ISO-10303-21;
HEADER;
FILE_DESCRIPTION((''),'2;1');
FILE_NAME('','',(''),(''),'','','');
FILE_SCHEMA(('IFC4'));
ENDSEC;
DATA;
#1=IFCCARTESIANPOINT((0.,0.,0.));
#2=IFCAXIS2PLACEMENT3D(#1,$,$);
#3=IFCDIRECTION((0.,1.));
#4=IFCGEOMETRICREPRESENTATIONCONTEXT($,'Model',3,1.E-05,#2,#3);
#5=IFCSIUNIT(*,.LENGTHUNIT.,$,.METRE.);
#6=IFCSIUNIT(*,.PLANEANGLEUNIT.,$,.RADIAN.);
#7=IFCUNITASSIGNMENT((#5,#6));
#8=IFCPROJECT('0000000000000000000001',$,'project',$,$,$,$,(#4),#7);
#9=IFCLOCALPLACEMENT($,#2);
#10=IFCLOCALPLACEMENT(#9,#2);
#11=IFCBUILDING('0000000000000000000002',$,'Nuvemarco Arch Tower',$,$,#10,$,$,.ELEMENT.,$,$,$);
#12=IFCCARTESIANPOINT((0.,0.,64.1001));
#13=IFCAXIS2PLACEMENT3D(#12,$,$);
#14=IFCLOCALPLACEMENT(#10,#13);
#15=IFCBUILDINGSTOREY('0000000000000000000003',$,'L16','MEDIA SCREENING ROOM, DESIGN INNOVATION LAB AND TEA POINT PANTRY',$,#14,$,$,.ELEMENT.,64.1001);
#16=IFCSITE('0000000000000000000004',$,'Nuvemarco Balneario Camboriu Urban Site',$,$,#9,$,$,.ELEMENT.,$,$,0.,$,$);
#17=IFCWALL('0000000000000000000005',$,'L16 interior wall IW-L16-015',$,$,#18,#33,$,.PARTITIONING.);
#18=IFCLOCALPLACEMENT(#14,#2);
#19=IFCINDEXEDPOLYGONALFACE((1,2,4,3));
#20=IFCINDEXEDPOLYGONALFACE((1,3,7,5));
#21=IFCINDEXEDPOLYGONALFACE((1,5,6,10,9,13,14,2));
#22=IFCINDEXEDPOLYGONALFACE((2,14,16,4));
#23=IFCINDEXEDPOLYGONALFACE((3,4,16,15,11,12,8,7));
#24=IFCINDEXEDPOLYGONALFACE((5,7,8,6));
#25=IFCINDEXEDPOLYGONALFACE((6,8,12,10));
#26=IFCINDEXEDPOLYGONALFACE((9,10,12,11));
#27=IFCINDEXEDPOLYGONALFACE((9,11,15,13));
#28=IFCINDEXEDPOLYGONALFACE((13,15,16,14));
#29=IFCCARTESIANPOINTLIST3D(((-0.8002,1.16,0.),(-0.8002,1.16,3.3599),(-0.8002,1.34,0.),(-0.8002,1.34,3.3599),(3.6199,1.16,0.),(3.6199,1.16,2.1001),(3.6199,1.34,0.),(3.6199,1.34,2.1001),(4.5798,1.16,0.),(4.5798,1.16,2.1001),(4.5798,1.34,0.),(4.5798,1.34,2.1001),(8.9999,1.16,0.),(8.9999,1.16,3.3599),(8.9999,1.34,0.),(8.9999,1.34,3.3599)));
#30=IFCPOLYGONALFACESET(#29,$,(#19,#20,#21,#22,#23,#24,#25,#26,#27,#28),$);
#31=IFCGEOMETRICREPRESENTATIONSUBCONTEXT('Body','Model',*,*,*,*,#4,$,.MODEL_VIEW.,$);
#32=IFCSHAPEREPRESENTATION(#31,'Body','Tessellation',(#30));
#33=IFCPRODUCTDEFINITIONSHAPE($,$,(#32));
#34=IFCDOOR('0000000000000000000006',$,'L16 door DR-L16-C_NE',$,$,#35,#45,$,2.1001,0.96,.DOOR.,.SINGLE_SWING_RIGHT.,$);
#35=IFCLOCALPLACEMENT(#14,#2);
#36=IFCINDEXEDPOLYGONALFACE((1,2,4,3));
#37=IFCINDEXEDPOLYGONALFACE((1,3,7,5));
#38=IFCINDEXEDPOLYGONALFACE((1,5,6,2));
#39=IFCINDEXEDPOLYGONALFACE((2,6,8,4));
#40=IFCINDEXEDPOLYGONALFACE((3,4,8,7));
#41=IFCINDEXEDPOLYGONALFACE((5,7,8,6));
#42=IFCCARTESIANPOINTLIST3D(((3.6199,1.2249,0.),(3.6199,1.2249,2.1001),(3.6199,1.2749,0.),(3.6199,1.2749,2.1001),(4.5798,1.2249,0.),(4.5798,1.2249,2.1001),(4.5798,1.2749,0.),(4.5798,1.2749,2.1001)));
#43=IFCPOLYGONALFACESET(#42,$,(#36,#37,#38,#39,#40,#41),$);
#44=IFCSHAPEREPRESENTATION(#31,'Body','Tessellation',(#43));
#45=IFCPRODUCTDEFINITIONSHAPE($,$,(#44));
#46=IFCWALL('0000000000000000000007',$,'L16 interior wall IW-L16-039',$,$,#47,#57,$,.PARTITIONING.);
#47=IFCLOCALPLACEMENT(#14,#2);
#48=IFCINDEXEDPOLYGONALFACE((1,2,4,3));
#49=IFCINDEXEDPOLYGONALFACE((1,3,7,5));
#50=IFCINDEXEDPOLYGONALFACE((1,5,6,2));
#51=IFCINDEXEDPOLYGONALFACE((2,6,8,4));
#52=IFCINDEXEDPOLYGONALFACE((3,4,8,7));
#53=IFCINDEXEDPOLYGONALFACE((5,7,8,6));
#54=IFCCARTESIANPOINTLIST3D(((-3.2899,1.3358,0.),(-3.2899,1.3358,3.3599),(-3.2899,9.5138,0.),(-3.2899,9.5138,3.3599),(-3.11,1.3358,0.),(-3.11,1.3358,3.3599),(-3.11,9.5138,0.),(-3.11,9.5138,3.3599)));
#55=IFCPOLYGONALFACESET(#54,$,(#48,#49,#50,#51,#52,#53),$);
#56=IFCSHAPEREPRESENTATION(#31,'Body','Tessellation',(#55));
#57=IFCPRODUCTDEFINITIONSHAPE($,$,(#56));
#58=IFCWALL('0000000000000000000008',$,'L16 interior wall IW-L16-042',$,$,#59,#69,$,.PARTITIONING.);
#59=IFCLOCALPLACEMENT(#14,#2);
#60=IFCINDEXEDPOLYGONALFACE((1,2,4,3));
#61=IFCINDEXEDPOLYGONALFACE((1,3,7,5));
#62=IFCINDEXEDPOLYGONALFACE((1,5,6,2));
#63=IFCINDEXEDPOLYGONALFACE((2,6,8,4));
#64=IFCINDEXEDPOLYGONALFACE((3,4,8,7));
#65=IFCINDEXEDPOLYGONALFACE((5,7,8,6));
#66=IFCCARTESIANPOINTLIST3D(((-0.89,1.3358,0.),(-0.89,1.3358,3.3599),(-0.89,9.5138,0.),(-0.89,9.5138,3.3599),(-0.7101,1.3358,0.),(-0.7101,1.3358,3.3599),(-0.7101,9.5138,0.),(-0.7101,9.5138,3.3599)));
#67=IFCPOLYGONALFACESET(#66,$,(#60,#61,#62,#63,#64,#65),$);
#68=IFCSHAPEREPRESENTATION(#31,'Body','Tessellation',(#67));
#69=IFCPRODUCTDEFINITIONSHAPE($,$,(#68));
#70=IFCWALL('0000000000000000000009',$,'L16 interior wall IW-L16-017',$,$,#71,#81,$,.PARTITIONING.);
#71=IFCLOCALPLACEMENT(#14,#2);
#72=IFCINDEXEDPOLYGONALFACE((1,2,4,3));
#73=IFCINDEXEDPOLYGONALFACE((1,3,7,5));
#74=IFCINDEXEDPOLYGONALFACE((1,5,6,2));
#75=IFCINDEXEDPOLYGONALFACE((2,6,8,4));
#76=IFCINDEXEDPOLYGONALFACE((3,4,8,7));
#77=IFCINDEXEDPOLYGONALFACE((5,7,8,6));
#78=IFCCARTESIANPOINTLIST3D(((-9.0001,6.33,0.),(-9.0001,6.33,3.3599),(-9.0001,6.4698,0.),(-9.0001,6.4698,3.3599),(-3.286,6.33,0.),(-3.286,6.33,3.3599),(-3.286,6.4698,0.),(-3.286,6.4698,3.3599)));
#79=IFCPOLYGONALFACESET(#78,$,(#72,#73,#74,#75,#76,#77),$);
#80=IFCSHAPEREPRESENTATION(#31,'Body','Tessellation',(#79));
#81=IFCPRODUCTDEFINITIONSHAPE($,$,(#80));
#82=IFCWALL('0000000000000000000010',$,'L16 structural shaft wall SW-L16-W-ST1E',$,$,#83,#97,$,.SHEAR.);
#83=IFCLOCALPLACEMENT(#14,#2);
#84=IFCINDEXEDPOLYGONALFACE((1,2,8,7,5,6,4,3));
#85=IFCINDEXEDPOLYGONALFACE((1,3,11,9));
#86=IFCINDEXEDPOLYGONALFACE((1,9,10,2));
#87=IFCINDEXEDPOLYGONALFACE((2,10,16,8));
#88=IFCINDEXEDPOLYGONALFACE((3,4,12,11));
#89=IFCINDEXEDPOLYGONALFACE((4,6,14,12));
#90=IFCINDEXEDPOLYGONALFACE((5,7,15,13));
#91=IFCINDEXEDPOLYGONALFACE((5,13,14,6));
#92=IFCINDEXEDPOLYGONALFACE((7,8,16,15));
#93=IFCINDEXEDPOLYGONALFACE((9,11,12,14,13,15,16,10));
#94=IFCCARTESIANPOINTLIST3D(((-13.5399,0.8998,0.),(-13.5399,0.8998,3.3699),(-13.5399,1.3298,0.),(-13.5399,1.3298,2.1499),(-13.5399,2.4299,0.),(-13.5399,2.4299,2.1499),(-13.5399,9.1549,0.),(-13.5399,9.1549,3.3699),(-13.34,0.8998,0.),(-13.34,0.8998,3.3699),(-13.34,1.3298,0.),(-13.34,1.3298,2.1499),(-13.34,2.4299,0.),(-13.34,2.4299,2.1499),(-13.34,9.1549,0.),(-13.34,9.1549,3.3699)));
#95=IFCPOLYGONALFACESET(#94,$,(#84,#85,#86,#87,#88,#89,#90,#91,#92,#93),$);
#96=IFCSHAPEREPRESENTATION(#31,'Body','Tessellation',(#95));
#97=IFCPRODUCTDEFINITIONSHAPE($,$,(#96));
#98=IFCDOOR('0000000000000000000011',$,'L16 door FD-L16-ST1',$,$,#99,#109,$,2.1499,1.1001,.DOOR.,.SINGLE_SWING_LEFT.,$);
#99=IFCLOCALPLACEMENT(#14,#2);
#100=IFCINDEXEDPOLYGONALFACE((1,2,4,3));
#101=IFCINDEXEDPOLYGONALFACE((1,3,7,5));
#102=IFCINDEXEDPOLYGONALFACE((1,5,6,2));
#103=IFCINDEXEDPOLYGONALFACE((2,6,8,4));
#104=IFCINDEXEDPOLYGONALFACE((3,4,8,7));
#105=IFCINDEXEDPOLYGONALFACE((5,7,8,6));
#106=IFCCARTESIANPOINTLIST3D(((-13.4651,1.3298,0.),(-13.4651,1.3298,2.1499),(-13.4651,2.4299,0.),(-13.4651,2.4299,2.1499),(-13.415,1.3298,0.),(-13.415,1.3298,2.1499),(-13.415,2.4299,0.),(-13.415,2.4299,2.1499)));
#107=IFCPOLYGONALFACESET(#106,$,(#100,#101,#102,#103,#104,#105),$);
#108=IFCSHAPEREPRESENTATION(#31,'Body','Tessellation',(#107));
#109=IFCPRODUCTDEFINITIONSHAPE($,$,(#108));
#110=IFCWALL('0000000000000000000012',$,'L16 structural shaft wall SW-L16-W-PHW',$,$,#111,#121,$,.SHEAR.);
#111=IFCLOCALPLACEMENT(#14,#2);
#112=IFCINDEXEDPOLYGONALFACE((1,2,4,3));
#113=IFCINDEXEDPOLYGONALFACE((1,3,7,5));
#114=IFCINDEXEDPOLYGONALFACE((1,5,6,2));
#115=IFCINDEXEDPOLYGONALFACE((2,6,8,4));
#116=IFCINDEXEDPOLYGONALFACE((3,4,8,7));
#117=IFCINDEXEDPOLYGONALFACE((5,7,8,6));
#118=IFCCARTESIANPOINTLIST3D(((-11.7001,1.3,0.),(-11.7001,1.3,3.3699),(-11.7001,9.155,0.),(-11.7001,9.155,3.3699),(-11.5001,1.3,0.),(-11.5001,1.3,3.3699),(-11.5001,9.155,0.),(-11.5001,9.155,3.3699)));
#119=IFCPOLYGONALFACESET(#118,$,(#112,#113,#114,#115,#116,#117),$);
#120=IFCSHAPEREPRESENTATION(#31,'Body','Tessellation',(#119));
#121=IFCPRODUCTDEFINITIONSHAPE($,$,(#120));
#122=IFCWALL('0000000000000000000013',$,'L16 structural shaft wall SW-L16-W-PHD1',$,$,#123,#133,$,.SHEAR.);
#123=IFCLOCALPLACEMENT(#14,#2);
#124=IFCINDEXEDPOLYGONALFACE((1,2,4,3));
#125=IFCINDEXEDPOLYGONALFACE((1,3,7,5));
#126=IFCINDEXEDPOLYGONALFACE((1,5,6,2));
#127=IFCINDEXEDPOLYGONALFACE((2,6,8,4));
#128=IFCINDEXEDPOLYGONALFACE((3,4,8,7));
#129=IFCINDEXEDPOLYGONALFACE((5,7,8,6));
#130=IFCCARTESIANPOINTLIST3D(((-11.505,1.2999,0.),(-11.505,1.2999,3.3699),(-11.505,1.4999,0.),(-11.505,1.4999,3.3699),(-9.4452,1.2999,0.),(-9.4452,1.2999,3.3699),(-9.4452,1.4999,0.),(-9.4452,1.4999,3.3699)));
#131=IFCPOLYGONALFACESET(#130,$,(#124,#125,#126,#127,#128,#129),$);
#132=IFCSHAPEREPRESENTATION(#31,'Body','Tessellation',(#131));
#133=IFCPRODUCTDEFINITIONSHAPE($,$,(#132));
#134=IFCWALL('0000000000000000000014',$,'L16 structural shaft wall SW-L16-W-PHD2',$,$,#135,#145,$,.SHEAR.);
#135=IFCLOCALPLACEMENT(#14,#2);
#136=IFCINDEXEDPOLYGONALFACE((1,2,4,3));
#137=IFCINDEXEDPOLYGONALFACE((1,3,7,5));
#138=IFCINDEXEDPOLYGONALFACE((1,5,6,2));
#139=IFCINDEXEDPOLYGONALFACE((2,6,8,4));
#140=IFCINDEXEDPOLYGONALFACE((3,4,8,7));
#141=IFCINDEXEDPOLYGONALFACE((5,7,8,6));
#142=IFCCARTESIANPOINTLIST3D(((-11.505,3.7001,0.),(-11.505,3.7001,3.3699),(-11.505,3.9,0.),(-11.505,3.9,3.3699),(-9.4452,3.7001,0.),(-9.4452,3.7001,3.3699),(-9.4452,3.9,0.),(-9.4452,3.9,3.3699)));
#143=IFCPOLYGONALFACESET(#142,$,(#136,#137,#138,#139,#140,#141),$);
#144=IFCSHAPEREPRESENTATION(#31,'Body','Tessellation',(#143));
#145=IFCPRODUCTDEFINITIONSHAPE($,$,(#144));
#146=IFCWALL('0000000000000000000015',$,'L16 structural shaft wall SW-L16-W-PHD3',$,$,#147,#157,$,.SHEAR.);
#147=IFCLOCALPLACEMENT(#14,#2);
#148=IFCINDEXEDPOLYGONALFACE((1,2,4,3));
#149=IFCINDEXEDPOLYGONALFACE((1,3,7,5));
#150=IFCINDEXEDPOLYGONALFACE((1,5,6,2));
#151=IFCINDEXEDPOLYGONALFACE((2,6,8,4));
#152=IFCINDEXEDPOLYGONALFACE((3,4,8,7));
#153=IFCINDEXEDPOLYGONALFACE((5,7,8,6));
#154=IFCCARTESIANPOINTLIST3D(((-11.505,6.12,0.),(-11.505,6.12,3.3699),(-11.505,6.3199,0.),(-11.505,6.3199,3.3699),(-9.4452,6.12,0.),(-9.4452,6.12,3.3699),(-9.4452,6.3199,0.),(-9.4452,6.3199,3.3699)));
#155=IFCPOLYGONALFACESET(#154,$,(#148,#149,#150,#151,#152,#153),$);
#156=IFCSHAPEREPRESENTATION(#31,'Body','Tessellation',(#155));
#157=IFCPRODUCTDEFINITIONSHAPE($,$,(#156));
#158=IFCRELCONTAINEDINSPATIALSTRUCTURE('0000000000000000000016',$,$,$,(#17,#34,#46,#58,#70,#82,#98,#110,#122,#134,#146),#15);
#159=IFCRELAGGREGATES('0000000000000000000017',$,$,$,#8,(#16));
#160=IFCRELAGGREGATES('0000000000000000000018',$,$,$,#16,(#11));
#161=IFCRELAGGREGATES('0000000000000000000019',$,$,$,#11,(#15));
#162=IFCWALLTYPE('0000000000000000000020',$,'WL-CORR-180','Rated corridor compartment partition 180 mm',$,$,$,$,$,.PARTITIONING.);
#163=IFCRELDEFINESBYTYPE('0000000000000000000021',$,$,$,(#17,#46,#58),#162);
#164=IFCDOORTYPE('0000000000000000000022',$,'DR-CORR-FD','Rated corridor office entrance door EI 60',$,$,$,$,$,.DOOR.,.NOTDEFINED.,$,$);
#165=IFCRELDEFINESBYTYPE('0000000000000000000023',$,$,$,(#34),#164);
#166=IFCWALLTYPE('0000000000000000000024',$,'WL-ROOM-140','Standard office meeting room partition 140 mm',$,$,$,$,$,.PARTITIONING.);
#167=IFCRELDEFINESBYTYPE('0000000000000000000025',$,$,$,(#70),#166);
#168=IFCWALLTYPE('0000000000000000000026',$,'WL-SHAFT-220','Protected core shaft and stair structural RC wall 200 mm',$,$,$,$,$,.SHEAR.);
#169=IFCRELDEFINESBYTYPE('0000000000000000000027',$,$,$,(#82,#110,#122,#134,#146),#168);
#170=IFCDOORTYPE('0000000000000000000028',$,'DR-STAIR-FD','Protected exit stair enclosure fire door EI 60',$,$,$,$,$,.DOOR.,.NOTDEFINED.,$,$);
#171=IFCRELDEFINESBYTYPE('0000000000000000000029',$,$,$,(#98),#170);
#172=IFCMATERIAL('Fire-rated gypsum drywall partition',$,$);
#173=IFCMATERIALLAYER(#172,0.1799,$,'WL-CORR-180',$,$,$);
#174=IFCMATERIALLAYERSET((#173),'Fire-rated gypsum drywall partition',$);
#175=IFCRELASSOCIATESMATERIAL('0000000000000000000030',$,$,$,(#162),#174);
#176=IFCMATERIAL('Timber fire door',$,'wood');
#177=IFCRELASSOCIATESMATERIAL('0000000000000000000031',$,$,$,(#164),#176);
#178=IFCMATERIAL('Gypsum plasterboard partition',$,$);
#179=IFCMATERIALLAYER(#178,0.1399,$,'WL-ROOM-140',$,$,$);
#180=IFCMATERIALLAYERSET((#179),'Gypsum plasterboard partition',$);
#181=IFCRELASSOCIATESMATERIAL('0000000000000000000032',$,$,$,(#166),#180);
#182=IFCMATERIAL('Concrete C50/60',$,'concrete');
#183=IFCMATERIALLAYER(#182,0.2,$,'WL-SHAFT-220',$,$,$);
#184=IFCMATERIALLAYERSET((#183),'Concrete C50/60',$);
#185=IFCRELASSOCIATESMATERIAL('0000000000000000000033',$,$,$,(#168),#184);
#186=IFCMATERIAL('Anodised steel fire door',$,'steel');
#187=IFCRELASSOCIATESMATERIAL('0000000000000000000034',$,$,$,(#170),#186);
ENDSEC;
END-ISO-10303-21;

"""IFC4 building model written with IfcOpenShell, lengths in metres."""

from ifc_helpers import new_model, si_unit, direction, frame, frame_2d, origin, place, context, subcontext, project, spatial, rectangle, extrude, source, transform, mapped, material, layer, layer_set, type_object, type_shapes, element, fill, save


model = new_model("IFC4")

# Units and contexts
model_context = context("Model", 3, precision=1e-05, world=origin(), true_north=direction((0.0, 1.0)))
body_context = subcontext(model_context, "Body", "Model", "MODEL_VIEW")
ifc_project = project(units=[si_unit("LENGTHUNIT", "METRE"), si_unit("PLANEANGLEUNIT", "RADIAN")], contexts=[model_context])

# Site, building, storey
site_placement = place(None, origin())
site = spatial("IfcSite", under=ifc_project, at=site_placement, Name="Nuvemarco Balneario Camboriu Urban Site", CompositionType="ELEMENT", RefElevation=0.0)
building_placement = place(site_placement, origin())
building = spatial("IfcBuilding", under=site, at=building_placement, Name="Nuvemarco Arch Tower", CompositionType="ELEMENT")
storey_placement = place(building_placement, frame((0.0, 0.0, 64.1001)))
storey = spatial("IfcBuildingStorey", under=building, at=storey_placement, Name="L16", Description="MEDIA SCREENING ROOM, DESIGN INNOVATION LAB AND TEA POINT PANTRY", CompositionType="ELEMENT", Elevation=64.1001)

# Wall, opening, door
ifc_material_1 = material(Name="Fire-rated gypsum drywall partition")
ifc_layer_1 = layer(ifc_material_1, 0.1799, Name="WL-CORR-180")
ifc_layer_set_1 = layer_set([ifc_layer_1], Name="Fire-rated gypsum drywall partition")
wall_type_1 = type_object("IfcWallType", Name="WL-CORR-180", Description="Rated corridor compartment partition 180 mm", PredefinedType="PARTITIONING", material=ifc_layer_set_1)
ifc_material_2 = material(Name="Timber fire door", Category="wood")
door_type_1 = type_object("IfcDoorType", Name="DR-CORR-FD", Description="Rated corridor office entrance door EI 60", OperationType="NOTDEFINED", PredefinedType="DOOR", material=ifc_material_2)
shared_shape_1 = source(origin(), body_context, "Body", "SweptSolid", [
    extrude(rectangle(XDim=0.96, YDim=2.1001, at=frame_2d((0.48, 1.05))), frame((0.0, 0.0249, 0.0), z_axis=(0.0, -1.0, 0.0), x_axis=(1.0, 0.0, 0.0)), (0.0, 0.0, 1.0), 0.05),
])
type_shapes(door_type_1, [shared_shape_1])
wall_1_placement = place(storey_placement, frame((-0.8, 1.25, 0.0), z_axis=(0.0, 0.0, 1.0), x_axis=(1.0, 0.0, 0.0)))
wall_1 = element("IfcWall", 1, at=wall_1_placement, inside=storey, type_object=wall_type_1, Name="L16 interior wall IW-L16-015", PredefinedType="PARTITIONING", context=body_context, shape_type="SweptSolid", body=[
    extrude(rectangle(XDim=9.8, YDim=0.1799, at=frame_2d((4.8999, 0.0))), origin(), (0.0, 0.0, 1.0), 3.3599),
])
opening_1_placement = place(wall_1_placement, frame((4.4199, 0.0, 0.0)))
opening_1 = element("IfcOpeningElement", 2, at=opening_1_placement, cuts=wall_1, PredefinedType="OPENING", context=body_context, shape_type="SweptSolid", body=[
    extrude(rectangle(XDim=0.96, YDim=2.1001, at=frame_2d((0.48, 1.05))), frame((0.0, 0.0999, 0.0), z_axis=(0.0, -1.0, 0.0), x_axis=(1.0, 0.0, 0.0)), (0.0, 0.0, 1.0), 0.2),
])
door_1_placement = place(opening_1_placement, origin())
door_1 = element("IfcDoor", 3, at=door_1_placement, inside=storey, type_object=door_type_1, Name="L16 door DR-L16-C_NE", OperationType="SINGLE_SWING_RIGHT", OverallHeight=2.1001, OverallWidth=0.96, PredefinedType="DOOR", context=body_context, shape_type="MappedRepresentation", body=[
    mapped(shared_shape_1, transform((0.0, 0.0, 0.0), scale=1.0)),
])
fill(opening_1, door_1)

# Walls
for number, where, z_axis, x_axis, name in (
    (4, (-3.2, 1.3359, 0.0), (0.0, 0.0, 1.0), (0.0, 1.0, 0.0), "L16 interior wall IW-L16-039"),
    (5, (-0.8, 1.3359, 0.0), (0.0, 0.0, 1.0), (0.0, 1.0, 0.0), "L16 interior wall IW-L16-042"),
):
    element("IfcWall", number, at=place(storey_placement, frame(where, z_axis=z_axis, x_axis=x_axis)), inside=storey, type_object=wall_type_1, Name=name, PredefinedType="PARTITIONING", context=body_context, shape_type="SweptSolid", body=[
        extrude(rectangle(XDim=8.178, YDim=0.1799, at=frame_2d((4.0889, 0.0))), origin(), (0.0, 0.0, 1.0), 3.3599),
    ])
ifc_material_3 = material(Name="Gypsum plasterboard partition")
ifc_layer_2 = layer(ifc_material_3, 0.1399, Name="WL-ROOM-140")
ifc_layer_set_2 = layer_set([ifc_layer_2], Name="Gypsum plasterboard partition")
wall_type_2 = type_object("IfcWallType", Name="WL-ROOM-140", Description="Standard office meeting room partition 140 mm", PredefinedType="PARTITIONING", material=ifc_layer_set_2)
wall_2_placement = place(storey_placement, frame((-9.0, 6.3999, 0.0), z_axis=(0.0, 0.0, 1.0), x_axis=(1.0, 0.0, 0.0)))
element("IfcWall", 6, at=wall_2_placement, inside=storey, type_object=wall_type_2, Name="L16 interior wall IW-L16-017", PredefinedType="PARTITIONING", context=body_context, shape_type="SweptSolid", body=[
    extrude(rectangle(XDim=5.7141, YDim=0.1399, at=frame_2d((2.8569, 0.0))), origin(), (0.0, 0.0, 1.0), 3.3599),
])

# Wall, opening, door
ifc_material_4 = material(Name="Concrete C50/60", Category="concrete")
ifc_layer_3 = layer(ifc_material_4, 0.2, Name="WL-SHAFT-220")
ifc_layer_set_3 = layer_set([ifc_layer_3], Name="Concrete C50/60")
wall_type_3 = type_object("IfcWallType", Name="WL-SHAFT-220", Description="Protected core shaft and stair structural RC wall 200 mm", PredefinedType="SHEAR", material=ifc_layer_set_3)
wall_3_placement = place(storey_placement, frame((-13.4399, 0.8999, 0.0), z_axis=(0.0, 0.0, 1.0), x_axis=(0.0, 1.0, 0.0)))
wall_3 = element("IfcWall", 7, at=wall_3_placement, inside=storey, type_object=wall_type_3, Name="L16 structural shaft wall SW-L16-W-ST1E", PredefinedType="SHEAR", context=body_context, shape_type="SweptSolid", body=[
    extrude(rectangle(XDim=8.2551, YDim=0.2, at=frame_2d((4.1274, 0.0))), origin(), (0.0, 0.0, 1.0), 3.3699),
])
opening_2_placement = place(wall_3_placement, frame((1.53, 0.0, 0.0), z_axis=(0.0, 0.0, 1.0), x_axis=(-1.0, 0.0, 0.0)))
opening_2 = element("IfcOpeningElement", 8, at=opening_2_placement, cuts=wall_3, PredefinedType="OPENING", context=body_context, shape_type="SweptSolid", body=[
    extrude(rectangle(XDim=1.1001, YDim=2.1499, at=frame_2d((0.55, 1.075))), frame((0.0, 0.1099, 0.0), z_axis=(0.0, -1.0, 0.0), x_axis=(1.0, 0.0, 0.0)), (0.0, 0.0, 1.0), 0.22),
])
ifc_material_5 = material(Name="Anodised steel fire door", Category="steel")
door_type_2 = type_object("IfcDoorType", Name="DR-STAIR-FD", Description="Protected exit stair enclosure fire door EI 60", OperationType="NOTDEFINED", PredefinedType="DOOR", material=ifc_material_5)
shared_shape_2 = source(origin(), body_context, "Body", "SweptSolid", [
    extrude(rectangle(XDim=1.1001, YDim=2.1499, at=frame_2d((0.55, 1.075))), frame((0.0, 0.0249, 0.0), z_axis=(0.0, -1.0, 0.0), x_axis=(1.0, 0.0, 0.0)), (0.0, 0.0, 1.0), 0.05),
])
type_shapes(door_type_2, [shared_shape_2])
door_2_placement = place(opening_2_placement, origin())
door_2 = element("IfcDoor", 9, at=door_2_placement, inside=storey, type_object=door_type_2, Name="L16 door FD-L16-ST1", OperationType="SINGLE_SWING_LEFT", OverallHeight=2.1499, OverallWidth=1.1001, PredefinedType="DOOR", context=body_context, shape_type="MappedRepresentation", body=[
    mapped(shared_shape_2, transform((0.0, 0.0, 0.0), scale=1.0)),
])
fill(opening_2, door_2)

# Walls
wall_4_placement = place(storey_placement, frame((-11.6001, 1.3, 0.0), z_axis=(0.0, 0.0, 1.0), x_axis=(0.0, 1.0, 0.0)))
element("IfcWall", 10, at=wall_4_placement, inside=storey, type_object=wall_type_3, Name="L16 structural shaft wall SW-L16-W-PHW", PredefinedType="SHEAR", context=body_context, shape_type="SweptSolid", body=[
    extrude(rectangle(XDim=7.855, YDim=0.2, at=frame_2d((3.9275, 0.0))), origin(), (0.0, 0.0, 1.0), 3.3699),
])
for number, where, z_axis, x_axis, name in (
    (11, (-11.5049, 1.3999, 0.0), (0.0, 0.0, 1.0), (1.0, 0.0, 0.0), "L16 structural shaft wall SW-L16-W-PHD1"),
    (12, (-11.5049, 3.8, 0.0), (0.0, 0.0, 1.0), (1.0, 0.0, 0.0), "L16 structural shaft wall SW-L16-W-PHD2"),
    (13, (-11.5049, 6.22, 0.0), (0.0, 0.0, 1.0), (1.0, 0.0, 0.0), "L16 structural shaft wall SW-L16-W-PHD3"),
):
    element("IfcWall", number, at=place(storey_placement, frame(where, z_axis=z_axis, x_axis=x_axis)), inside=storey, type_object=wall_type_3, Name=name, PredefinedType="SHEAR", context=body_context, shape_type="SweptSolid", body=[
        extrude(rectangle(XDim=2.0598, YDim=0.2, at=frame_2d((1.0298, 0.0))), origin(), (0.0, 0.0, 1.0), 3.3699),
    ])

save(model, "model.ifc")
